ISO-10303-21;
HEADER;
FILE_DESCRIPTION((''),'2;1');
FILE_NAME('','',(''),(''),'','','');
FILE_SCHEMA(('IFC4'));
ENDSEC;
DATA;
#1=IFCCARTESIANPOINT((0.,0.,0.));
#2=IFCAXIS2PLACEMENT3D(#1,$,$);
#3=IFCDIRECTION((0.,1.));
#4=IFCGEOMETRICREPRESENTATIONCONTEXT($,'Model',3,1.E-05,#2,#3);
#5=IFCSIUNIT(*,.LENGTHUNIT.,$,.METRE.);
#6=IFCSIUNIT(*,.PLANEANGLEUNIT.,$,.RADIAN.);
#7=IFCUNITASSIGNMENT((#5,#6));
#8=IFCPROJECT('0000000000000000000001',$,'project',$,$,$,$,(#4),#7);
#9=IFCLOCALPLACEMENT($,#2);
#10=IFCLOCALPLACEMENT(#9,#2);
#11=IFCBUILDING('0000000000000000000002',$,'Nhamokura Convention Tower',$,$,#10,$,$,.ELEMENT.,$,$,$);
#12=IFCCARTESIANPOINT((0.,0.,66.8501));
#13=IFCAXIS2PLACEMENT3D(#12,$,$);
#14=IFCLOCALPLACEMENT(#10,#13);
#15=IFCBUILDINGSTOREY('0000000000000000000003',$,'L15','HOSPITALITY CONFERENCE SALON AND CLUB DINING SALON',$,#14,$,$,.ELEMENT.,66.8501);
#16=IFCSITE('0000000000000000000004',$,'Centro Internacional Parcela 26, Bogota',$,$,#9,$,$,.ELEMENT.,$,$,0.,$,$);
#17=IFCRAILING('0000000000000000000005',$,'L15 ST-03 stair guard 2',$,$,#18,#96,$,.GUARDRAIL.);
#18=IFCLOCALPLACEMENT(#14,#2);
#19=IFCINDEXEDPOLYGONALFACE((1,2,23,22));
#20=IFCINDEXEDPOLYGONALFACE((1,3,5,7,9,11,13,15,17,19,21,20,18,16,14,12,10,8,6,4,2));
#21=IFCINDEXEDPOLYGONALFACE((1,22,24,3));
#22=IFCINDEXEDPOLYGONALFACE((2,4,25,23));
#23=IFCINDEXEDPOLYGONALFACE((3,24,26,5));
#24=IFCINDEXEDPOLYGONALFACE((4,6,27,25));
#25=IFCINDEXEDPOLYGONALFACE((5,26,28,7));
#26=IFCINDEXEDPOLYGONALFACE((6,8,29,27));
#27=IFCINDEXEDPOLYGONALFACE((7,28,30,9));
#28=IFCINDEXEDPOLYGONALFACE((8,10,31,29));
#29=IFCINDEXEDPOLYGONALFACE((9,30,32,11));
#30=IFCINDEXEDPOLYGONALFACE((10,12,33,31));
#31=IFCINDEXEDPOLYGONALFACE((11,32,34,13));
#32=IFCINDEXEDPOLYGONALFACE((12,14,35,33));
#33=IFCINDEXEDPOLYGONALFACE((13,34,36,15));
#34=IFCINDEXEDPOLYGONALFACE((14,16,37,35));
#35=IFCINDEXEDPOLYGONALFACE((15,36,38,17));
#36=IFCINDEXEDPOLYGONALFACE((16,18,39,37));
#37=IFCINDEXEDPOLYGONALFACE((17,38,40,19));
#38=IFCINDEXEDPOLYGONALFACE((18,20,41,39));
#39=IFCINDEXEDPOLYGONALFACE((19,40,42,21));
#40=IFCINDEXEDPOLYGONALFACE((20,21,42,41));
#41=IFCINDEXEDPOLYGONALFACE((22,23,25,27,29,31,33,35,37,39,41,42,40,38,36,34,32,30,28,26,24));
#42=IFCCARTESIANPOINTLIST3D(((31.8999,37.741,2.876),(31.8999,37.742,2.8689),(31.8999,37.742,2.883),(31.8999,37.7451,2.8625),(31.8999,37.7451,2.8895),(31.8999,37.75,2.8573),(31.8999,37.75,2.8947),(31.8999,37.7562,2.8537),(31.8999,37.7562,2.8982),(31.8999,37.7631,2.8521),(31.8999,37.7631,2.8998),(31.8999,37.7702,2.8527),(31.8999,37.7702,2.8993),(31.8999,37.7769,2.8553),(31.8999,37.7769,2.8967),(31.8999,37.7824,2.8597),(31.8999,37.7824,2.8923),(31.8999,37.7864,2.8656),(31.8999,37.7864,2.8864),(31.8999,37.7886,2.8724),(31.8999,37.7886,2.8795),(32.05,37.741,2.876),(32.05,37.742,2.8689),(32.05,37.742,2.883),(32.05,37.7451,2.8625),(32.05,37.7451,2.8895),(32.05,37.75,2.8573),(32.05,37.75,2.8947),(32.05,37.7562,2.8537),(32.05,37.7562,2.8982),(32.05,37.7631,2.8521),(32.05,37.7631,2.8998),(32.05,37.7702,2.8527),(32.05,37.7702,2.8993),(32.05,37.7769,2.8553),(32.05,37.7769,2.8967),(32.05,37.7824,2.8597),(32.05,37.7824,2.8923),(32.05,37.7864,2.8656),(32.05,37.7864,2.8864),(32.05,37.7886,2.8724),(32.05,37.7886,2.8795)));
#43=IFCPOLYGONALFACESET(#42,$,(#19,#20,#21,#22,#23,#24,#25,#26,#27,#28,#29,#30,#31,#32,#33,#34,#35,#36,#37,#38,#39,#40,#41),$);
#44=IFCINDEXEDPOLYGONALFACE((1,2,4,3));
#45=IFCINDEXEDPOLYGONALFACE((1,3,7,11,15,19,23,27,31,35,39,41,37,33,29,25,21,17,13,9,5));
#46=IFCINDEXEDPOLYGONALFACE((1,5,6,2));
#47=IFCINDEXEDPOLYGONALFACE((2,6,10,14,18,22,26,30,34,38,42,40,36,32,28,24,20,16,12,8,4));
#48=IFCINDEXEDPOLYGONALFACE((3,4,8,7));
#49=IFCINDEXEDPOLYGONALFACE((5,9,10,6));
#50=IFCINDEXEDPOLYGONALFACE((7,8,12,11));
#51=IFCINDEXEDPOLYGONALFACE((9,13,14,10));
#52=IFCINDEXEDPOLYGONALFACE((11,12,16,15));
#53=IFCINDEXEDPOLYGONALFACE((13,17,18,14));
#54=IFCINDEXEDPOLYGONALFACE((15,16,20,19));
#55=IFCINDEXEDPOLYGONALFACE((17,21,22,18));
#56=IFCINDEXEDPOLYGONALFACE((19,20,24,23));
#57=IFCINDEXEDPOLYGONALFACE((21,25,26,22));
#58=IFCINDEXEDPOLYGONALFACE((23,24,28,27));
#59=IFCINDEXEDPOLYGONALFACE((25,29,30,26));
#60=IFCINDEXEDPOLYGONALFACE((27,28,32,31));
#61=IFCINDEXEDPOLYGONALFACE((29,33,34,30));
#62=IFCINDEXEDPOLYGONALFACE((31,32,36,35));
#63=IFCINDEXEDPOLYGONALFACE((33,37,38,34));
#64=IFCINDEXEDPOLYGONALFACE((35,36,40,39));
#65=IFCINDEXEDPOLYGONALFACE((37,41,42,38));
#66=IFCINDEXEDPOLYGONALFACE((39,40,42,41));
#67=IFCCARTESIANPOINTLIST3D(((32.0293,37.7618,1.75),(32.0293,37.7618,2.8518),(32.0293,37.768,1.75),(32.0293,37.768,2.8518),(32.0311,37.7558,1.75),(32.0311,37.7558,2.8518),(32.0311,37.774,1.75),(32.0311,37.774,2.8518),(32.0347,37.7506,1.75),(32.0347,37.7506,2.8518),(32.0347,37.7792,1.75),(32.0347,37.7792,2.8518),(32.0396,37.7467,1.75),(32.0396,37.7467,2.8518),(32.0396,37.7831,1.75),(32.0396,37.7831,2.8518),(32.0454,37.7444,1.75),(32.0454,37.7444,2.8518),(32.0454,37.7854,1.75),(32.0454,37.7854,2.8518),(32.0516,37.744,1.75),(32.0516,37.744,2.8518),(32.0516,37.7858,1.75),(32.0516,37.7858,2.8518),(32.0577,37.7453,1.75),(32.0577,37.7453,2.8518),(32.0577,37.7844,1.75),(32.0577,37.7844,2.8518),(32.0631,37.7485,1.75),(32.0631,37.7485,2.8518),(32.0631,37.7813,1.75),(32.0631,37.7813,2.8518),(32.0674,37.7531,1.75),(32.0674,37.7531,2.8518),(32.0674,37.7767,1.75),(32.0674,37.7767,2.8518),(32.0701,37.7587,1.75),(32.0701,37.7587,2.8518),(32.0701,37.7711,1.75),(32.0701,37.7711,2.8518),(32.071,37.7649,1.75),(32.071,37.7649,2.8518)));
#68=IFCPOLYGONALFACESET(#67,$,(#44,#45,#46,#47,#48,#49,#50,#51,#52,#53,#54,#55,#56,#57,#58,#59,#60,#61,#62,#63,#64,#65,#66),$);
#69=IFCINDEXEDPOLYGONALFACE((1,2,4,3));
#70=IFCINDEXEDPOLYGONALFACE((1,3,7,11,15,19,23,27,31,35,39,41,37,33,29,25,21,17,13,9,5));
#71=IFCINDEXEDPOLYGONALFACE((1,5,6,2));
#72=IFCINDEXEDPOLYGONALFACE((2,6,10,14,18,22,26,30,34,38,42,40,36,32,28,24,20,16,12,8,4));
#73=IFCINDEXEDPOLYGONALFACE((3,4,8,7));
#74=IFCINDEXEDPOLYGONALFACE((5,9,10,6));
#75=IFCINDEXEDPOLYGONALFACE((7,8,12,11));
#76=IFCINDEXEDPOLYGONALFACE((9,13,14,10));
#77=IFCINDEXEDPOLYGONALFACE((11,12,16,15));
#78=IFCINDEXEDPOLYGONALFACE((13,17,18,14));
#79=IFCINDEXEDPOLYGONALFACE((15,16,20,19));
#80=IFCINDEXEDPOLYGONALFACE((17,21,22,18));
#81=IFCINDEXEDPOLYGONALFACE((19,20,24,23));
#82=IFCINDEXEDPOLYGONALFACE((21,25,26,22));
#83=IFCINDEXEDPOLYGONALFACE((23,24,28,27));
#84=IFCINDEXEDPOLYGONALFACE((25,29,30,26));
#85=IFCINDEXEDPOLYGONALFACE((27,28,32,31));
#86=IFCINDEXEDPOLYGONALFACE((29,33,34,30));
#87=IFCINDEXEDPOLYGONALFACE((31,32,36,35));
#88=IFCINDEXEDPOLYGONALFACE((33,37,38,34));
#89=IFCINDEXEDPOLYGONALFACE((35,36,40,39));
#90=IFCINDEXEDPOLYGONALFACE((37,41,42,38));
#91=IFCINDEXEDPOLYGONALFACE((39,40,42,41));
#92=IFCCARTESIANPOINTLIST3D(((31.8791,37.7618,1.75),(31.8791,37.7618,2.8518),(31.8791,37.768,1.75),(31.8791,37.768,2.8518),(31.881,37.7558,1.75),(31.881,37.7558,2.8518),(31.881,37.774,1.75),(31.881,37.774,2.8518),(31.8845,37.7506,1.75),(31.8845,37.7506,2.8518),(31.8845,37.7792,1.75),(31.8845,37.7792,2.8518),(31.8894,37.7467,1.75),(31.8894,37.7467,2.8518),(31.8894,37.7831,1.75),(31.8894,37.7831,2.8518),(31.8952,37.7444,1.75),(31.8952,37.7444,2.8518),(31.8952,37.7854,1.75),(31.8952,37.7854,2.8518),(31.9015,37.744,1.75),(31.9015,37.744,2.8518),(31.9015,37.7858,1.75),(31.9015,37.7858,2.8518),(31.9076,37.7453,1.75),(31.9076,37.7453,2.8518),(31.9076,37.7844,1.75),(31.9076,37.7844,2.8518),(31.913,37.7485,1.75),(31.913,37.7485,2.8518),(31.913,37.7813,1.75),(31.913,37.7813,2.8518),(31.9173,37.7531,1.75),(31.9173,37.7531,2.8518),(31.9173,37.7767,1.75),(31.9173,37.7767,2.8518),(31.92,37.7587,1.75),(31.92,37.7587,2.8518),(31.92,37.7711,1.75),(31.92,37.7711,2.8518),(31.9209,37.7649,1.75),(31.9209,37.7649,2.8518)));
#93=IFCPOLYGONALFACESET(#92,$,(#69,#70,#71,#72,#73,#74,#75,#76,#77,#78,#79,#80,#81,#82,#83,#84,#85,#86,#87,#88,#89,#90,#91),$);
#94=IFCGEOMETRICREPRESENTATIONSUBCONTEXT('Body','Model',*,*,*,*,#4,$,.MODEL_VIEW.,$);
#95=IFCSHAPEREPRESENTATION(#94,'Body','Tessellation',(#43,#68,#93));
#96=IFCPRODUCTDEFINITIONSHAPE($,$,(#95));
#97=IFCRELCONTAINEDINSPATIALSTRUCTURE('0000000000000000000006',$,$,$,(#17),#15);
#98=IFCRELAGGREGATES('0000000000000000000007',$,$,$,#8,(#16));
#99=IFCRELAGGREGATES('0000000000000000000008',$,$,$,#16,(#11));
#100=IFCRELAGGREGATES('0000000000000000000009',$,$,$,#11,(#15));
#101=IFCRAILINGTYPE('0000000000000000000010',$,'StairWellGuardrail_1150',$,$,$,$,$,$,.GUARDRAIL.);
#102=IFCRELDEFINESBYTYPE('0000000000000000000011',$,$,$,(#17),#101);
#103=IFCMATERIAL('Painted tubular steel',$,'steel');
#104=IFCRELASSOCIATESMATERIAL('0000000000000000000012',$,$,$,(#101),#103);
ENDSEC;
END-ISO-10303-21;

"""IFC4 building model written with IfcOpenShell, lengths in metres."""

from ifc_helpers import new_model, si_unit, direction, frame, origin, origin_2d, place, context, subcontext, project, spatial, circle, extrude, material, type_object, element, save


model = new_model("IFC4")

# Units and contexts
model_context = context("Model", 3, precision=1e-05, world=origin(), true_north=direction((0.0, 1.0)))
body_context = subcontext(model_context, "Body", "Model", "MODEL_VIEW")
ifc_project = project(units=[si_unit("LENGTHUNIT", "METRE"), si_unit("PLANEANGLEUNIT", "RADIAN")], contexts=[model_context])

# Site, building, storey
site_placement = place(None, origin())
site = spatial("IfcSite", under=ifc_project, at=site_placement, Name="Centro Internacional Parcela 26, Bogota", CompositionType="ELEMENT", RefElevation=0.0)
building_placement = place(site_placement, origin())
building = spatial("IfcBuilding", under=site, at=building_placement, Name="Nhamokura Convention Tower", CompositionType="ELEMENT")
storey_placement = place(building_placement, frame((0.0, 0.0, 66.8501)))
storey = spatial("IfcBuildingStorey", under=building, at=storey_placement, Name="L15", Description="HOSPITALITY CONFERENCE SALON AND CLUB DINING SALON", CompositionType="ELEMENT", Elevation=66.8501)

# Railing
ifc_material_1 = material(Name="Painted tubular steel", Category="steel")
railing_type_1 = type_object("IfcRailingType", Name="StairWellGuardrail_1150", PredefinedType="GUARDRAIL", material=ifc_material_1)
railing_1_placement = place(storey_placement, frame((32.05, 37.7649, 1.75)))
element("IfcRailing", 1, at=railing_1_placement, inside=storey, type_object=railing_type_1, Name="L15 ST-03 stair guard 2", PredefinedType="GUARDRAIL", context=body_context, shape_type="SweptSolid", body=[
    extrude(circle(Radius=0.0239, at=origin_2d()), frame((0.0, 0.0, 1.126), z_axis=(-1.0, 0.0, 0.0), x_axis=(0.0, -1.0, 0.0)), (0.0, 0.0, 1.0), 0.1501),
    extrude(circle(Radius=0.021, at=origin_2d()), origin(), (0.0, 0.0, 1.0), 1.1018),
    extrude(circle(Radius=0.021, at=origin_2d()), frame((-0.1501, 0.0, 0.0)), (0.0, 0.0, 1.0), 1.1018),
])

save(model, "model.ifc")
